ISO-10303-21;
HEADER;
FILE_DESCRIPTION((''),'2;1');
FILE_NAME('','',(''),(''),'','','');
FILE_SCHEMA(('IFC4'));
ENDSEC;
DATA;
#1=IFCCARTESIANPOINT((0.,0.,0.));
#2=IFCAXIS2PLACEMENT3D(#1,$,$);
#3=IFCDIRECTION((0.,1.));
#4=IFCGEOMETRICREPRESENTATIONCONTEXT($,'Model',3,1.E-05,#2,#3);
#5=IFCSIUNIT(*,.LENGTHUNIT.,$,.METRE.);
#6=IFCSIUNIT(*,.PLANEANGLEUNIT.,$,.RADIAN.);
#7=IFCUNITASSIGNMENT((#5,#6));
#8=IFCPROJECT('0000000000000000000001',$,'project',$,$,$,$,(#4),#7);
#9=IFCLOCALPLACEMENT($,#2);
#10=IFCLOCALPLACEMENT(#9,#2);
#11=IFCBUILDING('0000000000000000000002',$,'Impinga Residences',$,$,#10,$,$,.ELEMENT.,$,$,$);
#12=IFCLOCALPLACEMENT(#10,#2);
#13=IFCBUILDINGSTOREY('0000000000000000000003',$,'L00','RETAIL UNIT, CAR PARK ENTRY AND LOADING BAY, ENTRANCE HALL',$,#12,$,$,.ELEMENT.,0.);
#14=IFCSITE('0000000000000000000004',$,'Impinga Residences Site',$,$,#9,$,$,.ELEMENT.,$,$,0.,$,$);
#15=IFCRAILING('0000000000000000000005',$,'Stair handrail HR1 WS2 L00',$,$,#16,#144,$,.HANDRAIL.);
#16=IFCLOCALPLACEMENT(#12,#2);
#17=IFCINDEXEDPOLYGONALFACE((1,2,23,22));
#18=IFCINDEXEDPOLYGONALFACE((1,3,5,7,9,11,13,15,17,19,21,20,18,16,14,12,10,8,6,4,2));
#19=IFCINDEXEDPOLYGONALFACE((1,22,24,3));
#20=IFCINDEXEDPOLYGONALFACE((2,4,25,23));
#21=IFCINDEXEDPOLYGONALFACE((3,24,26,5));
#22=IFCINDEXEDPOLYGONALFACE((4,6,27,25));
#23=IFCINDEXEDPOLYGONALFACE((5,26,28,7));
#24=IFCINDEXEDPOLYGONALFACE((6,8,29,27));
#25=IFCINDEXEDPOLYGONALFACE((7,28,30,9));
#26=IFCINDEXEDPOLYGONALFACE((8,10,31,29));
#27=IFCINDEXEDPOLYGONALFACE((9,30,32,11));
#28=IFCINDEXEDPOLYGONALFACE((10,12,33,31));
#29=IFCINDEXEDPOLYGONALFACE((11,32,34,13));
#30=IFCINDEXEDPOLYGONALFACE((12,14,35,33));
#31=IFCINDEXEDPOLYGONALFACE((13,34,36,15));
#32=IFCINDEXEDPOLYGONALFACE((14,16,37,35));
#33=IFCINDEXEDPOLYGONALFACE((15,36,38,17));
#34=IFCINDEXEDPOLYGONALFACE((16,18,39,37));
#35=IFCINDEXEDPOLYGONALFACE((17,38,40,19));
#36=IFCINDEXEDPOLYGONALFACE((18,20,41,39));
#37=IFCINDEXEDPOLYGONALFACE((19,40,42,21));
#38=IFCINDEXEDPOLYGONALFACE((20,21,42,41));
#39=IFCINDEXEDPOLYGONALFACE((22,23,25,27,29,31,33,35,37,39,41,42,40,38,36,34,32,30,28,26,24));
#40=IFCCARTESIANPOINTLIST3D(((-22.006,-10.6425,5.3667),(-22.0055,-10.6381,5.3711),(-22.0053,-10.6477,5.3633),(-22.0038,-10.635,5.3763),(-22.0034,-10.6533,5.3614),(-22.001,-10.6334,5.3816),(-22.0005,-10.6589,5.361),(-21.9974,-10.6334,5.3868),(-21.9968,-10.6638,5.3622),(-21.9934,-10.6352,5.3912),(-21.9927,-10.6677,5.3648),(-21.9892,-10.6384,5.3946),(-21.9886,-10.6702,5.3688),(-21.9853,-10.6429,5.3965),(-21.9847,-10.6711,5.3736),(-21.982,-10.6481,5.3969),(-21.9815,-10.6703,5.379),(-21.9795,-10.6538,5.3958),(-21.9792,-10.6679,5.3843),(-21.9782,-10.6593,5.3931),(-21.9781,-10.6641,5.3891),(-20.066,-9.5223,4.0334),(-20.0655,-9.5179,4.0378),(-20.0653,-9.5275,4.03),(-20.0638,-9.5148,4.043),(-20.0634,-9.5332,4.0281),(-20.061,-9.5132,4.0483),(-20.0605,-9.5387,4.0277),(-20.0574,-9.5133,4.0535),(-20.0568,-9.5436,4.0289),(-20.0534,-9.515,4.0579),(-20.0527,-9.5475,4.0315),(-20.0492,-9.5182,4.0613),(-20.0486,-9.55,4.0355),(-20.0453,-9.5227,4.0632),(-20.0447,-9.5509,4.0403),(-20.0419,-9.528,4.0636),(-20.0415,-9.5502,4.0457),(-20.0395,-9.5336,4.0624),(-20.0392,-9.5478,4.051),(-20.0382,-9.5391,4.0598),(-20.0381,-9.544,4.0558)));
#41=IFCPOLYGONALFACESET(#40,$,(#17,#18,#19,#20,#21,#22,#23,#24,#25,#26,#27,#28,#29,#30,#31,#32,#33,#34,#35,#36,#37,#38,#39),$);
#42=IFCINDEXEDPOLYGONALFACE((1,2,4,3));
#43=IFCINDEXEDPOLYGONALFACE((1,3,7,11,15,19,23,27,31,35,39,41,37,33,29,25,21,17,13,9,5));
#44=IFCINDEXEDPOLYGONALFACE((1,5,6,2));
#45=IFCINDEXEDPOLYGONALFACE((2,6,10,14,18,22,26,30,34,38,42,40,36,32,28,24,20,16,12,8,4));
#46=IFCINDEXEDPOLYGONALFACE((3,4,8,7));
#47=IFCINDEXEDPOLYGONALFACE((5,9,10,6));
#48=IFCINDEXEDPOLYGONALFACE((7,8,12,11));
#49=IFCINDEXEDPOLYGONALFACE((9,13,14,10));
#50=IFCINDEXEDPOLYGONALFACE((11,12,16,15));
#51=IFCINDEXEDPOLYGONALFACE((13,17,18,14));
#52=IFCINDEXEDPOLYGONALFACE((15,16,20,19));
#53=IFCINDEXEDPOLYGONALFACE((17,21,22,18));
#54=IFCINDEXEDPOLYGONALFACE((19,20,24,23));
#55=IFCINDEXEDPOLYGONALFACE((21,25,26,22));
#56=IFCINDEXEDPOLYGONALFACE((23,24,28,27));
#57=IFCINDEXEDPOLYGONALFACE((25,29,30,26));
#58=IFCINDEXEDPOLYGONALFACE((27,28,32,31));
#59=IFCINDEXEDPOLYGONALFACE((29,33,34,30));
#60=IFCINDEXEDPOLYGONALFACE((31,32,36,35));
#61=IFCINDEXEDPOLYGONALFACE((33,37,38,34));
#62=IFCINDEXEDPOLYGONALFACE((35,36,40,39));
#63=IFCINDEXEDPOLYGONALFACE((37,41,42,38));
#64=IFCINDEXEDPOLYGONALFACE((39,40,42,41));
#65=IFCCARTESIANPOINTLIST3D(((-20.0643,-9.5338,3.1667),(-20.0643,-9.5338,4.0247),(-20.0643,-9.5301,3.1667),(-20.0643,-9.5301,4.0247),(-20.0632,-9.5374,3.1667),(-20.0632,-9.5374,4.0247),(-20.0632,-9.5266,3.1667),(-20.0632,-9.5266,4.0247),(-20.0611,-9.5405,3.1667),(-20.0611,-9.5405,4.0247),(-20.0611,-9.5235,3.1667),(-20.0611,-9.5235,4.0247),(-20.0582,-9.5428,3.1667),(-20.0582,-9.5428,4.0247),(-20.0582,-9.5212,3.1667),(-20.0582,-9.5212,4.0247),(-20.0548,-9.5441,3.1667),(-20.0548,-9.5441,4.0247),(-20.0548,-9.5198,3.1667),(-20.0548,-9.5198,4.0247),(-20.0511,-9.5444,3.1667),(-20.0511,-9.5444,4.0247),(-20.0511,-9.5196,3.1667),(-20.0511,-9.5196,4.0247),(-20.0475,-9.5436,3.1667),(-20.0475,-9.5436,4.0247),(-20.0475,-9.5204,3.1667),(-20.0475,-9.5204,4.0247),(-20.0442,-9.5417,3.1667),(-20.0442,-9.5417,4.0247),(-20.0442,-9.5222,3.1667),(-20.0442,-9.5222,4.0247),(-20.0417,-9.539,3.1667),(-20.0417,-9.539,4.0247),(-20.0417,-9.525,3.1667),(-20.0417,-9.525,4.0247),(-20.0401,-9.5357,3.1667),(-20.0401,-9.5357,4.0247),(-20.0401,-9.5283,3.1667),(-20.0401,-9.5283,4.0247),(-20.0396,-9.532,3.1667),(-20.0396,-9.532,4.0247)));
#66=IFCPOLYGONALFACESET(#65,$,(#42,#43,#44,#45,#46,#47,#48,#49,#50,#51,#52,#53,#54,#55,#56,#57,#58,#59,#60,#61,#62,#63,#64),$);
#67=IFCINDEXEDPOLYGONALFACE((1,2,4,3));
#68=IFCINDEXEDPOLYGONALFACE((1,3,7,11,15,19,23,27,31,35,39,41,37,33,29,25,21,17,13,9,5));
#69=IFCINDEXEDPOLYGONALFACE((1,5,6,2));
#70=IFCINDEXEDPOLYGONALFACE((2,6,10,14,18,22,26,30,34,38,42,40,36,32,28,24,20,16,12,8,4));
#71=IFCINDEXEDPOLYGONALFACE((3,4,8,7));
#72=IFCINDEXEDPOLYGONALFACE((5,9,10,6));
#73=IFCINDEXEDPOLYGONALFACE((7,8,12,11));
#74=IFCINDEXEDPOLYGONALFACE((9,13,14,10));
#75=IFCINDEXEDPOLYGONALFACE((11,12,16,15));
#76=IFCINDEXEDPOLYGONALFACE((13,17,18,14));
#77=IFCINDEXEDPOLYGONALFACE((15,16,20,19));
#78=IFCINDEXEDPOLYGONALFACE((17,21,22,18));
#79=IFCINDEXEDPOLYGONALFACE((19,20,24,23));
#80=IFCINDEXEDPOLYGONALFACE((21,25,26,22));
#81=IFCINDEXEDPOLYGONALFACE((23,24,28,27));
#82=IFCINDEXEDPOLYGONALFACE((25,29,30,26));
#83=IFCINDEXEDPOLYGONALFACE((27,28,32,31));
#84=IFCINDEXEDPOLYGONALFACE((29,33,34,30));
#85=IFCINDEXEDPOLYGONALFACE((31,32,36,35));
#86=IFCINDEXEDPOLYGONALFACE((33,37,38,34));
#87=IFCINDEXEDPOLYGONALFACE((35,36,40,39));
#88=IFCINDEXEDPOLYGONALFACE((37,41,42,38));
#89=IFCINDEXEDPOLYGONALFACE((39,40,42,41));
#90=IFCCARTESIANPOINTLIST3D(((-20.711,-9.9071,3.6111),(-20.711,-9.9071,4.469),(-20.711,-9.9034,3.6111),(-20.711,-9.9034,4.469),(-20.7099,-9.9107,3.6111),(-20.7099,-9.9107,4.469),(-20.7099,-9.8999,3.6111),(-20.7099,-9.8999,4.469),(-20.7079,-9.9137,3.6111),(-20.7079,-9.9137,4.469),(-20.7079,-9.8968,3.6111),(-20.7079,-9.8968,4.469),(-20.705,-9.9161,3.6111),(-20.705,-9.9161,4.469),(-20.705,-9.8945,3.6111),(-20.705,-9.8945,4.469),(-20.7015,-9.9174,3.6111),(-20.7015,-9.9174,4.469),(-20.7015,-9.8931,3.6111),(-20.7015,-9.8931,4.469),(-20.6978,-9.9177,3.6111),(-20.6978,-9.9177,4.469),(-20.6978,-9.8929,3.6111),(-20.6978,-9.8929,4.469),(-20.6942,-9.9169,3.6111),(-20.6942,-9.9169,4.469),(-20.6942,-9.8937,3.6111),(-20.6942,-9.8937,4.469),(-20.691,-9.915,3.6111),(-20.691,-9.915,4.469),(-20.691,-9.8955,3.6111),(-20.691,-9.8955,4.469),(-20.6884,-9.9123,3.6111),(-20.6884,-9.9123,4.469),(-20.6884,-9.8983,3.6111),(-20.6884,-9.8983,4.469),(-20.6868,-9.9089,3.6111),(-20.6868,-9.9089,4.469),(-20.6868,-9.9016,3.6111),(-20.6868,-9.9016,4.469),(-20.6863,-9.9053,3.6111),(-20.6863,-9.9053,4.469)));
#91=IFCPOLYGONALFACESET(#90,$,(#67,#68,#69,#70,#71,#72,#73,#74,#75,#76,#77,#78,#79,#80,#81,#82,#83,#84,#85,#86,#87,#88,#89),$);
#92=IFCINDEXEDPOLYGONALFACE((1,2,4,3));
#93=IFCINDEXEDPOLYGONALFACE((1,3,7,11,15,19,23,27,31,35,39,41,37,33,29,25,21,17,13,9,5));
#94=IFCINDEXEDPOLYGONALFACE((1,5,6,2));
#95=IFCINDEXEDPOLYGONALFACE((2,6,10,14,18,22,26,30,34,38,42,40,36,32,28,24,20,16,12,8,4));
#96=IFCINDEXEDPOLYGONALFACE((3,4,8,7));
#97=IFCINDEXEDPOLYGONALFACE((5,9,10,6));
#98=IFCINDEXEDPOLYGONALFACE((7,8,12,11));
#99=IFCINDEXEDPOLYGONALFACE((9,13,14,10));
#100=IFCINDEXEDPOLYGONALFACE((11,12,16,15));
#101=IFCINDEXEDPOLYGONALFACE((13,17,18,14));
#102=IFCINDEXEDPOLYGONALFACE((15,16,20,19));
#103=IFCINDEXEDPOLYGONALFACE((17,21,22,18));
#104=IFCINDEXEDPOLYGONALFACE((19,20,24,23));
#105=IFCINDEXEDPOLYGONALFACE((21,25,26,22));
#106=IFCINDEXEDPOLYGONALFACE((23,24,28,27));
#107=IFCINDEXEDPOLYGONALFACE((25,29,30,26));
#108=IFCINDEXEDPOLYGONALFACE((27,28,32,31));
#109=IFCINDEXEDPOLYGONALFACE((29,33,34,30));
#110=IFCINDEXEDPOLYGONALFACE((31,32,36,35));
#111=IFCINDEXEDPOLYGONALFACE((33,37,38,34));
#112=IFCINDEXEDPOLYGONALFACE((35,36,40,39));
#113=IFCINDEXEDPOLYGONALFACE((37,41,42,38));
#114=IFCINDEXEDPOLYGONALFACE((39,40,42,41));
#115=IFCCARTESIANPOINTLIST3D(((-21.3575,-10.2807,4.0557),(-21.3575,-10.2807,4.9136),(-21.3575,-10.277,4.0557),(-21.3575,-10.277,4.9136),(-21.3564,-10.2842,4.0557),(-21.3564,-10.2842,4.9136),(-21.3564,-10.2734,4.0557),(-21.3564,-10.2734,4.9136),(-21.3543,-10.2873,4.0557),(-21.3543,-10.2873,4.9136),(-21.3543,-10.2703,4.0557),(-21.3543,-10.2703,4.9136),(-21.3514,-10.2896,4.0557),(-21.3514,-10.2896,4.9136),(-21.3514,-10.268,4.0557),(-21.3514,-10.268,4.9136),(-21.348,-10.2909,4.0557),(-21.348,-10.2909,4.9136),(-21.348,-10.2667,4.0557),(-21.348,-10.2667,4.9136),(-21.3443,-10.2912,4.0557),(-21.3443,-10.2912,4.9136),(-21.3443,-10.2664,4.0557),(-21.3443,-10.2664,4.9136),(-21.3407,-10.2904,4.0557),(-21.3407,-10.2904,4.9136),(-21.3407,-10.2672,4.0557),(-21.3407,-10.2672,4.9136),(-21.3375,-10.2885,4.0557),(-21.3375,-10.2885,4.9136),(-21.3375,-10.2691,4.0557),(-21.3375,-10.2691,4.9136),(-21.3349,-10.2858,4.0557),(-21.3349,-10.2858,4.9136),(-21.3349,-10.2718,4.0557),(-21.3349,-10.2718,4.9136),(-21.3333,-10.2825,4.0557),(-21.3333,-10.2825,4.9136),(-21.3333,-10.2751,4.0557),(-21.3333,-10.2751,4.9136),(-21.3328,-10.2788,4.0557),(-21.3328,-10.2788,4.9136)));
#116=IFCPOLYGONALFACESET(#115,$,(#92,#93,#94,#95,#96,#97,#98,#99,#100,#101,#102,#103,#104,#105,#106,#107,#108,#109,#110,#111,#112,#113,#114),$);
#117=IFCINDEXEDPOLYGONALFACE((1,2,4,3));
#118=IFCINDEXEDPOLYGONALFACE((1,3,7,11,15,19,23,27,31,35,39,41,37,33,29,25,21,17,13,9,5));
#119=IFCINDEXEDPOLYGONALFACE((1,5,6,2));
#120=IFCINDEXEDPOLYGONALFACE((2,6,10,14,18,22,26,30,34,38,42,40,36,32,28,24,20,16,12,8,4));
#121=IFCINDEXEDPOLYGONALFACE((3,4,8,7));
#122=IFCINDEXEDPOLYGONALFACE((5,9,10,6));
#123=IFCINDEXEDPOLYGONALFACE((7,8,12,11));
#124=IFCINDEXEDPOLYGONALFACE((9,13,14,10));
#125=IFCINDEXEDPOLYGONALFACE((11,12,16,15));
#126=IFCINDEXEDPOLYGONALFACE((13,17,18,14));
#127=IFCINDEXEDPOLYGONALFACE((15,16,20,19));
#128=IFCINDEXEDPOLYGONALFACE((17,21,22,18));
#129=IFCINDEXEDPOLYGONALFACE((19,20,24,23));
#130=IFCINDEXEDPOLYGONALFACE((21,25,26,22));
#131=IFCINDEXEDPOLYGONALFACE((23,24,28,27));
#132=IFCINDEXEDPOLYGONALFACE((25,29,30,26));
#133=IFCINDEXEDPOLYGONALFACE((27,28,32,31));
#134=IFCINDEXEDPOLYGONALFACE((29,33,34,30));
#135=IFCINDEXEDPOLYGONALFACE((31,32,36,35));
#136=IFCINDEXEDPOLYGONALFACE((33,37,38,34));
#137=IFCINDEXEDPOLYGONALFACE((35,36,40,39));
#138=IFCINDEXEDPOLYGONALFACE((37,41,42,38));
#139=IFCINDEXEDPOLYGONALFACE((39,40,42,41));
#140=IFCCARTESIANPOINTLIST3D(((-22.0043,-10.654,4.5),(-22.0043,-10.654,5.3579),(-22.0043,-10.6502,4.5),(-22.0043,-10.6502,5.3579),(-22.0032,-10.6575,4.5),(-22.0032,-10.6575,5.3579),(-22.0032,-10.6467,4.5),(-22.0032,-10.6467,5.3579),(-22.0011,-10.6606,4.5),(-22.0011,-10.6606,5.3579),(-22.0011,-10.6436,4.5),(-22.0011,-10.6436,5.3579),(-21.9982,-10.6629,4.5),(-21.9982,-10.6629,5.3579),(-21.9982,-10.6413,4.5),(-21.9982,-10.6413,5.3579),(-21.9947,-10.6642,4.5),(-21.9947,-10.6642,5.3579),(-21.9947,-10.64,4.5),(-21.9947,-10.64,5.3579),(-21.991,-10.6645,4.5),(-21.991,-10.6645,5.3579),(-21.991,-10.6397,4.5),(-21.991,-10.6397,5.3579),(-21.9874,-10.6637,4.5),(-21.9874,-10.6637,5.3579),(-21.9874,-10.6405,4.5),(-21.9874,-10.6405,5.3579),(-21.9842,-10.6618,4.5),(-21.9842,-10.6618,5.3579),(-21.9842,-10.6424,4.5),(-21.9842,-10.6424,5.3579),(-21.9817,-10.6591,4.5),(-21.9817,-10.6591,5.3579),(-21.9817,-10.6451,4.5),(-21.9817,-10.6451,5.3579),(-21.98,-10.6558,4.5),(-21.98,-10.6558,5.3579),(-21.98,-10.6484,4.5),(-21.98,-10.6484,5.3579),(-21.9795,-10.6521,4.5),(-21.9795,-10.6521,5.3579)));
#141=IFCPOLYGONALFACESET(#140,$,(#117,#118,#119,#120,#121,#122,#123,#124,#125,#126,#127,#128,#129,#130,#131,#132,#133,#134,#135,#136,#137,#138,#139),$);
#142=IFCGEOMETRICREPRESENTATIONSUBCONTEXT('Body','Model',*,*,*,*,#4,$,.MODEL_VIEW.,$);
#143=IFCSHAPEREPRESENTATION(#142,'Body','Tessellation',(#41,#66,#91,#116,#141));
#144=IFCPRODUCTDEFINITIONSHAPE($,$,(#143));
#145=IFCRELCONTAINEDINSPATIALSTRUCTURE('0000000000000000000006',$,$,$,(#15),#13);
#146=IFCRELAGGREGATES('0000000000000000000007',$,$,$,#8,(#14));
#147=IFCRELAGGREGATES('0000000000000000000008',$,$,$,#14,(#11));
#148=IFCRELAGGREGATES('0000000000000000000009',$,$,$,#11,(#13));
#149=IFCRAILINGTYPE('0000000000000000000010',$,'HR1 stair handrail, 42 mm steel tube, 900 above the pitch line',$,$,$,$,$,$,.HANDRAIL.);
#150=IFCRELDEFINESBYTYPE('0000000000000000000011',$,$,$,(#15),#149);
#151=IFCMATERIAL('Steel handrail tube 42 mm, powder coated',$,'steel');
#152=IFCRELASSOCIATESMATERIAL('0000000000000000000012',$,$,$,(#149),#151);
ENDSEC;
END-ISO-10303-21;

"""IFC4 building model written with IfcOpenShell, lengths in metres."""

from ifc_helpers import new_model, si_unit, direction, frame, origin, origin_2d, place, context, subcontext, project, spatial, circle, extrude, material, type_object, element, save


model = new_model("IFC4")

# Units and contexts
model_context = context("Model", 3, precision=1e-05, world=origin(), true_north=direction((0.0, 1.0)))
body_context = subcontext(model_context, "Body", "Model", "MODEL_VIEW")
ifc_project = project(units=[si_unit("LENGTHUNIT", "METRE"), si_unit("PLANEANGLEUNIT", "RADIAN")], contexts=[model_context])

# Site, building, storey
site_placement = place(None, origin())
site = spatial("IfcSite", under=ifc_project, at=site_placement, Name="Impinga Residences Site", CompositionType="ELEMENT", RefElevation=0.0)
building_placement = place(site_placement, origin())
building = spatial("IfcBuilding", under=site, at=building_placement, Name="Impinga Residences", CompositionType="ELEMENT")
storey_placement = place(building_placement, origin())
storey = spatial("IfcBuildingStorey", under=building, at=storey_placement, Name="L00", Description="RETAIL UNIT, CAR PARK ENTRY AND LOADING BAY, ENTRANCE HALL", CompositionType="ELEMENT", Elevation=0.0)

# Railing
ifc_material_1 = material(Name="Steel handrail tube 42 mm, powder coated", Category="steel")
railing_type_1 = type_object("IfcRailingType", Name="HR1 stair handrail, 42 mm steel tube, 900 above the pitch line", PredefinedType="HANDRAIL", material=ifc_material_1)
for number, where, name in (
    (1, (-20.052, -9.532, 3.1667), "Stair handrail HR1 WS2 L00"),
):
    element("IfcRailing", number, at=place(storey_placement, frame(where)), inside=storey, type_object=railing_type_1, Name=name, PredefinedType="HANDRAIL", context=body_context, shape_type="SweptSolid", body=[
        extrude(circle(Radius=0.021, at=origin_2d()), frame((0.0, 0.0, 0.8789), z_axis=(-0.744175, -0.429684, 0.511444), x_axis=(0.500031, -0.866008, 0.0)), (0.0, 0.0, 1.0), 2.6069),
        extrude(circle(Radius=0.0125, at=origin_2d()), origin(), (0.0, 0.0, 1.0), 0.8579),
        extrude(circle(Radius=0.0125, at=origin_2d()), frame((-0.6467, -0.3733, 0.4443)), (0.0, 0.0, 1.0), 0.8579),
        extrude(circle(Radius=0.0125, at=origin_2d()), frame((-1.2932, -0.7468, 0.8889)), (0.0, 0.0, 1.0), 0.8579),
        extrude(circle(Radius=0.0125, at=origin_2d()), frame((-1.9399, -1.1201, 1.3333)), (0.0, 0.0, 1.0), 0.8579),
    ])

save(model, "model.ifc")
